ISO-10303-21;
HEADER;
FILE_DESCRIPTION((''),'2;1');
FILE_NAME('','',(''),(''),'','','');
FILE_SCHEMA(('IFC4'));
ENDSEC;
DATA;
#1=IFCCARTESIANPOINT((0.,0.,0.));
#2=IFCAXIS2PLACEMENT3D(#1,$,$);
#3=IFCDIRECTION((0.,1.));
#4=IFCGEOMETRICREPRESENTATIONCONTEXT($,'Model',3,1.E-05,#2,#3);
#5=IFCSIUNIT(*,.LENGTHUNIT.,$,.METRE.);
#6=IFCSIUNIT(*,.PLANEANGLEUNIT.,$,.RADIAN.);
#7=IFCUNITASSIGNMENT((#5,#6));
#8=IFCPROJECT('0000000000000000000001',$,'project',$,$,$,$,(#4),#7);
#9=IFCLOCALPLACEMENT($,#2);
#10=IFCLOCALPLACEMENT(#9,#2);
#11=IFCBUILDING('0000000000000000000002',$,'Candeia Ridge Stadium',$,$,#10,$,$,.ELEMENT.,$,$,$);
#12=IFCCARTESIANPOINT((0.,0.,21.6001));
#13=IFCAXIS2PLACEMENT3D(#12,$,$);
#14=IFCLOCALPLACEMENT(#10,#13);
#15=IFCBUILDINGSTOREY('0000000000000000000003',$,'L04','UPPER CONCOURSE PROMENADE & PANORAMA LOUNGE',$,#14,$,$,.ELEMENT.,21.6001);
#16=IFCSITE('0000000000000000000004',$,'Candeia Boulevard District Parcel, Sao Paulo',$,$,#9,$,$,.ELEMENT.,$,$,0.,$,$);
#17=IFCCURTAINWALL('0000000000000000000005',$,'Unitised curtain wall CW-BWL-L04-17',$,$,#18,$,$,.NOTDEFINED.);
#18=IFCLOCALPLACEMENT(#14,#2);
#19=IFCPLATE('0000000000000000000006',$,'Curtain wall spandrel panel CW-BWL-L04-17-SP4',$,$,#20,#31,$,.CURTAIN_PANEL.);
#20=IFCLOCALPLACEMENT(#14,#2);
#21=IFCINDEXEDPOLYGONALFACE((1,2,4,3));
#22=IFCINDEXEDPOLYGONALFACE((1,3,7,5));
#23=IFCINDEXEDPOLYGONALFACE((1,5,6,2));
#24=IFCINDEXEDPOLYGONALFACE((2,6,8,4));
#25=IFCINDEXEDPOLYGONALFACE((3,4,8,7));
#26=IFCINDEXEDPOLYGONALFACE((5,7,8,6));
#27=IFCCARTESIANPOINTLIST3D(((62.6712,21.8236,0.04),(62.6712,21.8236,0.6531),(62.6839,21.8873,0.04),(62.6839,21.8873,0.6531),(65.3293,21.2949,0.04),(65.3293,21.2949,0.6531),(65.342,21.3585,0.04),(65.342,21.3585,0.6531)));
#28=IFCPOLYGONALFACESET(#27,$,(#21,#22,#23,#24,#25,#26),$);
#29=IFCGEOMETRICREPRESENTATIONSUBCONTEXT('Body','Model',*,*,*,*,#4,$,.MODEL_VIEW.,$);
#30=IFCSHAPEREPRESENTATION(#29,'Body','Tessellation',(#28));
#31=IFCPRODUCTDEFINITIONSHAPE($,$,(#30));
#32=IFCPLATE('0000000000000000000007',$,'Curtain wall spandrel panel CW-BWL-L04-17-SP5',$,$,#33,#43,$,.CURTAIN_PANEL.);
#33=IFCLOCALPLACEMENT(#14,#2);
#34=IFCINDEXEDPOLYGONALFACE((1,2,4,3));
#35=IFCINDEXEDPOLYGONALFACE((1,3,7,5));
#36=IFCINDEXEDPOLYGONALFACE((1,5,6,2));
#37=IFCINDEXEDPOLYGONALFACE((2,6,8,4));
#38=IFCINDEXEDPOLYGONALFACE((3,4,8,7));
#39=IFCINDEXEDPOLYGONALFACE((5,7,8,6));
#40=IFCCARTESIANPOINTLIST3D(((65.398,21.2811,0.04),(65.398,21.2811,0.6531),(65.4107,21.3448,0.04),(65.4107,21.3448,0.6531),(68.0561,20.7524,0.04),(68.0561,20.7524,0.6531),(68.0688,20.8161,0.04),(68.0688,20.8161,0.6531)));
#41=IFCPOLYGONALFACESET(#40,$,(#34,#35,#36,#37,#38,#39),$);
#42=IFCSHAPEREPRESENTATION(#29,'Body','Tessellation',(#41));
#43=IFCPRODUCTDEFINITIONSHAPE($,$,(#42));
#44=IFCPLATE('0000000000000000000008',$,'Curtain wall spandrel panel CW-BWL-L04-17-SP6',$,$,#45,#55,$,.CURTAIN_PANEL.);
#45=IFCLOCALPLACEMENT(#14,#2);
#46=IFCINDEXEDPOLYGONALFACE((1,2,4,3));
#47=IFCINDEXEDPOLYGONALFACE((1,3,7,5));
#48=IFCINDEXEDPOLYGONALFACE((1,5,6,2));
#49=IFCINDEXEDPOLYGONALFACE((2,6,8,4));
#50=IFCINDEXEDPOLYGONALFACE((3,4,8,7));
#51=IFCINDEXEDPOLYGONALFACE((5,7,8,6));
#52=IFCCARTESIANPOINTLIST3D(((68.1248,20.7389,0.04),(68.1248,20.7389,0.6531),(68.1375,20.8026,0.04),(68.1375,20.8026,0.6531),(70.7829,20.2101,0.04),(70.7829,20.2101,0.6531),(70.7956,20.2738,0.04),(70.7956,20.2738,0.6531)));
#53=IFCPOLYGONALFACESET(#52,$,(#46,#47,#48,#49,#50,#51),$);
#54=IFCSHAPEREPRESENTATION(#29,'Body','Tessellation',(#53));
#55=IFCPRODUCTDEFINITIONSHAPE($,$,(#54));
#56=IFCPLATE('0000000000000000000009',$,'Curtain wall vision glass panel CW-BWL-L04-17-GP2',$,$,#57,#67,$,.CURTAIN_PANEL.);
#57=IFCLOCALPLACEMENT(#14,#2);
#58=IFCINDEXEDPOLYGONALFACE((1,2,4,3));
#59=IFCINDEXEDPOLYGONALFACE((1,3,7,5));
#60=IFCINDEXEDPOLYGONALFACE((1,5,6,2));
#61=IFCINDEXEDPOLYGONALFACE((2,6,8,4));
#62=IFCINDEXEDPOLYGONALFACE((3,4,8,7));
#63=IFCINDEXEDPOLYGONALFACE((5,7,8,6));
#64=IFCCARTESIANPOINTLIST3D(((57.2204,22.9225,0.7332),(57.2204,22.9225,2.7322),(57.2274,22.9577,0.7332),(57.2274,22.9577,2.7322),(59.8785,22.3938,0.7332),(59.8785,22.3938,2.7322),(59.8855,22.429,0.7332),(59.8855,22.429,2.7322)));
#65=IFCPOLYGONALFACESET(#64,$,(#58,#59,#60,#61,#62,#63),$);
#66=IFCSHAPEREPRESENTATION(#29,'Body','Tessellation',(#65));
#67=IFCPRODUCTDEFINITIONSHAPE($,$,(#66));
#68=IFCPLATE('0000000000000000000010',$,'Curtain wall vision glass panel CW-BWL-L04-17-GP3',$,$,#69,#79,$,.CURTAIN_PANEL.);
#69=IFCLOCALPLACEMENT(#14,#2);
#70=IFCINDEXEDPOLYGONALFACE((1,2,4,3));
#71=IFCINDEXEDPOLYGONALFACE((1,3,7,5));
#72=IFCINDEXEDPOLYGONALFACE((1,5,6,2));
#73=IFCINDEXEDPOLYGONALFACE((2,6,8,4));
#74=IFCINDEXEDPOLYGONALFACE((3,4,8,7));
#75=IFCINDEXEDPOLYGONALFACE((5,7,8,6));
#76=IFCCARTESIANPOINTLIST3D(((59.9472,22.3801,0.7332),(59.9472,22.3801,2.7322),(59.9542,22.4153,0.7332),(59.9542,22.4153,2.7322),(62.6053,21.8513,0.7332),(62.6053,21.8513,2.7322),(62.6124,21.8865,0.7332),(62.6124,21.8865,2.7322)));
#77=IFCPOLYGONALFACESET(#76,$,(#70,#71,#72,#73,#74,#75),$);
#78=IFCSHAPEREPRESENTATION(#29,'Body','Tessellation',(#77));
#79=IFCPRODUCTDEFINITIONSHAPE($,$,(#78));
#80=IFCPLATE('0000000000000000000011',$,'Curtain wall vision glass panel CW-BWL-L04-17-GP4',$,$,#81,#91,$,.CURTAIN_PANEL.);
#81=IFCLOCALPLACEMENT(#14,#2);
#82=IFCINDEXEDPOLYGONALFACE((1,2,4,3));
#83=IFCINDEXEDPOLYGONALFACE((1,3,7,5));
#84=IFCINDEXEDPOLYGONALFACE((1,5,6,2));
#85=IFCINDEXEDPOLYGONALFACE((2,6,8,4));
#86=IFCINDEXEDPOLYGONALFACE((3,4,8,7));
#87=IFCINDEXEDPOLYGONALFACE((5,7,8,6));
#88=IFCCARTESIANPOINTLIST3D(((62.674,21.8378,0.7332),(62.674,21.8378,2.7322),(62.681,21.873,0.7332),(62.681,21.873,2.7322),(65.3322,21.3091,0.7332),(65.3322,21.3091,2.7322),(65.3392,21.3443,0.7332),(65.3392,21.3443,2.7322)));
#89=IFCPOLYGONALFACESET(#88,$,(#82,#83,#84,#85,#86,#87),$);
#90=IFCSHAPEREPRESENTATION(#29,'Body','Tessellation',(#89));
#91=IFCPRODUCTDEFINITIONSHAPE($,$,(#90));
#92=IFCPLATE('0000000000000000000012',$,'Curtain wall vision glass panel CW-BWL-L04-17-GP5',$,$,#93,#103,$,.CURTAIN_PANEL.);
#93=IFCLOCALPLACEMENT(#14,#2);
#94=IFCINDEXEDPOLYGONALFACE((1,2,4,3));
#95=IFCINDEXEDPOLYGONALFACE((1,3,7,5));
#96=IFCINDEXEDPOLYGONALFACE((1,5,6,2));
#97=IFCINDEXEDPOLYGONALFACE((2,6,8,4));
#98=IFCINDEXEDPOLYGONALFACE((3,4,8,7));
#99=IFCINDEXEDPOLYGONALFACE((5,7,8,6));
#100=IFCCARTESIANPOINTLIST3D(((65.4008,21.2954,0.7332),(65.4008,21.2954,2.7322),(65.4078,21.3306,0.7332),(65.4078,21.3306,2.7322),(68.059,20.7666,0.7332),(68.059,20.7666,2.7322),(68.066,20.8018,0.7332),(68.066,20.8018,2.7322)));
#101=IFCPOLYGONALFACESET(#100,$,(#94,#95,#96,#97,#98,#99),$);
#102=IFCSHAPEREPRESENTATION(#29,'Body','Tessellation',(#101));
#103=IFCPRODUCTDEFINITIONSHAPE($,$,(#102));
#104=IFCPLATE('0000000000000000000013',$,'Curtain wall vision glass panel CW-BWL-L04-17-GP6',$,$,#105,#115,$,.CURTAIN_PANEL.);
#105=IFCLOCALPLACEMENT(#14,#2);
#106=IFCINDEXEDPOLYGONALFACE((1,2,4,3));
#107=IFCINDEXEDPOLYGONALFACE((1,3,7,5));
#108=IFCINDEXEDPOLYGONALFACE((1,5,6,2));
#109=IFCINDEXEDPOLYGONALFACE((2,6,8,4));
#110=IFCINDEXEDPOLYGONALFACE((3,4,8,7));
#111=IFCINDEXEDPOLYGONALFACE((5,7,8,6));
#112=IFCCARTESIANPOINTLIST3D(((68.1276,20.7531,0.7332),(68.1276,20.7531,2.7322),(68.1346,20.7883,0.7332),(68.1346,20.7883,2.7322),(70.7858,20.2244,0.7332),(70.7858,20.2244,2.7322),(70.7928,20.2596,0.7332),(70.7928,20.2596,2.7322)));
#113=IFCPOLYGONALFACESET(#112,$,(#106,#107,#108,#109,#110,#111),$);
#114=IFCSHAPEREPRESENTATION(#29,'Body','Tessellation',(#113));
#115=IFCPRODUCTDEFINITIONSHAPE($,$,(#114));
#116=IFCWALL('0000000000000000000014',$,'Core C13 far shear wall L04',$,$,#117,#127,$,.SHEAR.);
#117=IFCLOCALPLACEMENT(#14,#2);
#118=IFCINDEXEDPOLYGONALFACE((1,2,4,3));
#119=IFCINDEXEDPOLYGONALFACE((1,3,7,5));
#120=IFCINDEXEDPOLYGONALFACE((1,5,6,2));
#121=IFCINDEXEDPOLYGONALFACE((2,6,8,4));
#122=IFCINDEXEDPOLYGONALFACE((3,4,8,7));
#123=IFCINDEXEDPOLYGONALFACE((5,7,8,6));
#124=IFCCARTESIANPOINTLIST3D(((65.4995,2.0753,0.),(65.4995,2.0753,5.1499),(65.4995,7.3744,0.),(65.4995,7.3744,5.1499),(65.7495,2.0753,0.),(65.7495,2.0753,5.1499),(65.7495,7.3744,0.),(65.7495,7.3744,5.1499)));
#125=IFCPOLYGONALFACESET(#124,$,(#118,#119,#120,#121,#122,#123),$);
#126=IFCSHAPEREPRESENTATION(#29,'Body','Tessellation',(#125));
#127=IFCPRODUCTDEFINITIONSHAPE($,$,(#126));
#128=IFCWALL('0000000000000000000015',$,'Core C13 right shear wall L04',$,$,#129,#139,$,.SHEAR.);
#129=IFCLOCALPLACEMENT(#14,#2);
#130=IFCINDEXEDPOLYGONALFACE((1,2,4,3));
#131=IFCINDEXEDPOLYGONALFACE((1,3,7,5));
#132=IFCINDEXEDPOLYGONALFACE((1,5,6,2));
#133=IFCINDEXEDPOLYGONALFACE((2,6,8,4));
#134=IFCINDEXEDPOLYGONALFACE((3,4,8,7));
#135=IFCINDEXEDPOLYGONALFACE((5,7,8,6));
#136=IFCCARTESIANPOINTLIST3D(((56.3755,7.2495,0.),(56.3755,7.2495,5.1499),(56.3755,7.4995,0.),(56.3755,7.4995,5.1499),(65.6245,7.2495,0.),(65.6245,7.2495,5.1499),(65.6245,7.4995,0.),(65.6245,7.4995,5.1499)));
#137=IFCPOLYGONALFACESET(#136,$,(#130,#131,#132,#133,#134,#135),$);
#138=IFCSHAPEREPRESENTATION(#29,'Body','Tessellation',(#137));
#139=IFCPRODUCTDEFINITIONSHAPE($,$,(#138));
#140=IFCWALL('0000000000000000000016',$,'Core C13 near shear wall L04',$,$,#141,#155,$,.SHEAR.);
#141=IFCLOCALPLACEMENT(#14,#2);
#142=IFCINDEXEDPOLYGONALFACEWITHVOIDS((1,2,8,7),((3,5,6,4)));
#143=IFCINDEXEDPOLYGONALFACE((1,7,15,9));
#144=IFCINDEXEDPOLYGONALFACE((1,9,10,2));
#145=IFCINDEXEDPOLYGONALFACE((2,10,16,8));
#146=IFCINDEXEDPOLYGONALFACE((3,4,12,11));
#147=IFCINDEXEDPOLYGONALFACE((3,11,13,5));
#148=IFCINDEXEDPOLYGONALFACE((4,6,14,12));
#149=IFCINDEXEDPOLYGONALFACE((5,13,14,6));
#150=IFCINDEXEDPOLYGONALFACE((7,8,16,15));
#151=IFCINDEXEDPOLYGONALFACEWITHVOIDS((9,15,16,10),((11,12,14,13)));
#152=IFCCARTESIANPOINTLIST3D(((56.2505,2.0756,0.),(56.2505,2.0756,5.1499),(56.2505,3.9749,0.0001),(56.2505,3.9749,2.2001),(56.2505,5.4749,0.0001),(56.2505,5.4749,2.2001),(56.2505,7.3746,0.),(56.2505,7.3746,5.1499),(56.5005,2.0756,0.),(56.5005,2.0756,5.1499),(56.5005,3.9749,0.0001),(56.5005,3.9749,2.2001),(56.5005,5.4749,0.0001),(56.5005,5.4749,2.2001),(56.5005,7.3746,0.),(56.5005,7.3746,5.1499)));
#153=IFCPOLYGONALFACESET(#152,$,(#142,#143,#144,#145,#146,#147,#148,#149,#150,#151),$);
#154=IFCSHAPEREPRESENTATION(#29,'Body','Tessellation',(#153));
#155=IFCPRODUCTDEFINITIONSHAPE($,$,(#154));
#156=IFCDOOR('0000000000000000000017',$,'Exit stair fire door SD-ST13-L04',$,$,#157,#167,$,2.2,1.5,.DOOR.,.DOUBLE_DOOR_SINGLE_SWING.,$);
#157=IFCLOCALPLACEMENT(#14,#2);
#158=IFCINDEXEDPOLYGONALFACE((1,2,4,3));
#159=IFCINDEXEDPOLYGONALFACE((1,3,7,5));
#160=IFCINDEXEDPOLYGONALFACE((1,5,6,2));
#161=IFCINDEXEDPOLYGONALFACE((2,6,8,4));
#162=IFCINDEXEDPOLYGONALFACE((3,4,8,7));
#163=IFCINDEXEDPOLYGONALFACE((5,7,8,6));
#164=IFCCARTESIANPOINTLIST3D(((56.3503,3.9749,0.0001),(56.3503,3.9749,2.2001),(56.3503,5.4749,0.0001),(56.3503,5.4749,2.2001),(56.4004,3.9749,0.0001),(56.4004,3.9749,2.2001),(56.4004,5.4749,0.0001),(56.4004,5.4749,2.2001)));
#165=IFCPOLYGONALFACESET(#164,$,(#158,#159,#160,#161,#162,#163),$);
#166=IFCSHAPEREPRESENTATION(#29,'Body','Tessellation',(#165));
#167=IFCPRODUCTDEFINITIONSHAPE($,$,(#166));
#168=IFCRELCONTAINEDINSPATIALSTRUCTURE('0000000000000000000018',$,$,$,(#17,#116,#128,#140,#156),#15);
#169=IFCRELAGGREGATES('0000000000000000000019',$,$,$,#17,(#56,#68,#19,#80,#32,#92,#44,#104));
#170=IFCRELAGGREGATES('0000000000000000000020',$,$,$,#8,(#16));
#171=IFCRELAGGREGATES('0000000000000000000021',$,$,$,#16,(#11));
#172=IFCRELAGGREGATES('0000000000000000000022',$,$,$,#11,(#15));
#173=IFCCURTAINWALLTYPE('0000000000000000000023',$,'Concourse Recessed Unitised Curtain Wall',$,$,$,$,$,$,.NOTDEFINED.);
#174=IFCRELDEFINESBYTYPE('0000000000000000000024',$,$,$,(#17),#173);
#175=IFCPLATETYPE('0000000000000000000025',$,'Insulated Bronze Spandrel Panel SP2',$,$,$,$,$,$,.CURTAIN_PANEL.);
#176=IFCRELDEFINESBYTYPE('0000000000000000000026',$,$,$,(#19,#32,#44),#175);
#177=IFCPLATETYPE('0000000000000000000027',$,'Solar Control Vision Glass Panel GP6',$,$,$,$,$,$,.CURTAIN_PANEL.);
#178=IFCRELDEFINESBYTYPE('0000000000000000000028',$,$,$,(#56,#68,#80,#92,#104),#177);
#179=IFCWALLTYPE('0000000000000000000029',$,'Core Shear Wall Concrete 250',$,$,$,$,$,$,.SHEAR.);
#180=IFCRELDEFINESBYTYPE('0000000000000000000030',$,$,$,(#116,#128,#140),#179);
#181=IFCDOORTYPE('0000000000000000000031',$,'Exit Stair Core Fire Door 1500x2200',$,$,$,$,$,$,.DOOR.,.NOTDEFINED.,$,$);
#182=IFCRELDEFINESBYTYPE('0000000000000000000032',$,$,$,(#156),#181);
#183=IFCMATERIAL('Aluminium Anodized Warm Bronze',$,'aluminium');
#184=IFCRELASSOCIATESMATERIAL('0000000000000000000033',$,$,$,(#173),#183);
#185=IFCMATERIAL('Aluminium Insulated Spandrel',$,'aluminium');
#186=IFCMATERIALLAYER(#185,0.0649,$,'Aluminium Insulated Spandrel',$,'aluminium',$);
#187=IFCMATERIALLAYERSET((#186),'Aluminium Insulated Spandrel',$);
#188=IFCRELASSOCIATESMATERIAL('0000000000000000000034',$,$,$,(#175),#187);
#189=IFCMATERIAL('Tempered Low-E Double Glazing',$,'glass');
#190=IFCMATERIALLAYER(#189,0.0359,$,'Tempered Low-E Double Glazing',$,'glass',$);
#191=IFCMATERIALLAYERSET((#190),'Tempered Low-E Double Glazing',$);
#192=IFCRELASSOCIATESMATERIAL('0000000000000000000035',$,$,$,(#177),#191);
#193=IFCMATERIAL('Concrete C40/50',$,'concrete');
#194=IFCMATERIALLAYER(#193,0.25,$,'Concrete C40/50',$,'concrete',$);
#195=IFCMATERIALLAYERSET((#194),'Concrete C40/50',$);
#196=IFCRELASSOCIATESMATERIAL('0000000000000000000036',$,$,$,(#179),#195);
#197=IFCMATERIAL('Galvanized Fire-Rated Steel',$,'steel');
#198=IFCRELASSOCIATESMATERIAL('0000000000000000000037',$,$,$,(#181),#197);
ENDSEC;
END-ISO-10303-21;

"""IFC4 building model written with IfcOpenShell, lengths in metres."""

from ifc_helpers import new_model, si_unit, direction, frame, frame_2d, origin, origin_2d, place, context, subcontext, project, spatial, rectangle, extrude, material, layer, layer_set, type_object, element, fill, aggregate, save


model = new_model("IFC4")

# Units and contexts
model_context = context("Model", 3, precision=1e-05, world=origin(), true_north=direction((0.0, 1.0)))
body_context = subcontext(model_context, "Body", "Model", "MODEL_VIEW")
ifc_project = project(units=[si_unit("LENGTHUNIT", "METRE"), si_unit("PLANEANGLEUNIT", "RADIAN")], contexts=[model_context])

# Site, building, storey
site_placement = place(None, origin())
site = spatial("IfcSite", under=ifc_project, at=site_placement, Name="Candeia Boulevard District Parcel, Sao Paulo", CompositionType="ELEMENT", RefElevation=0.0)
building_placement = place(site_placement, origin())
building = spatial("IfcBuilding", under=site, at=building_placement, Name="Candeia Ridge Stadium", CompositionType="ELEMENT")
storey_placement = place(building_placement, frame((0.0, 0.0, 21.6001)))
storey = spatial("IfcBuildingStorey", under=building, at=storey_placement, Name="L04", Description="UPPER CONCOURSE PROMENADE & PANORAMA LOUNGE", CompositionType="ELEMENT", Elevation=21.6001)

# Curtain wall
ifc_material_1 = material(Name="Aluminium Anodized Warm Bronze", Category="aluminium")
curtain_wall_type = type_object("IfcCurtainWallType", Name="Concourse Recessed Unitised Curtain Wall", PredefinedType="NOTDEFINED", material=ifc_material_1)
curtain_wall_placement = place(storey_placement, origin())
curtain_wall = element("IfcCurtainWall", 1, at=curtain_wall_placement, inside=storey, type_object=curtain_wall_type, Name="Unitised curtain wall CW-BWL-L04-17", PredefinedType="NOTDEFINED")

# Shared definitions
ifc_material_2 = material(Name="Concrete C40/50", Category="concrete")

# Plates
ifc_material_3 = material(Name="Aluminium Insulated Spandrel", Category="aluminium")
ifc_layer_1 = layer(ifc_material_3, 0.0649, Name="Aluminium Insulated Spandrel", Category="aluminium")
ifc_layer_set_1 = layer_set([ifc_layer_1], Name="Aluminium Insulated Spandrel")
plate_type_1 = type_object("IfcPlateType", Name="Insulated Bronze Spandrel Panel SP2", PredefinedType="CURTAIN_PANEL", material=ifc_layer_set_1)
plate_1_placement = place(storey_placement, frame((64.0066, 21.5911, 0.04), z_axis=(0.0, 0.0, 1.0), x_axis=(0.980785, -0.19509, 0.0)))
plate_1 = element("IfcPlate", 2, at=plate_1_placement, type_object=plate_type_1, Name="Curtain wall spandrel panel CW-BWL-L04-17-SP4", PredefinedType="CURTAIN_PANEL", context=body_context, shape_type="SweptSolid", body=[
    extrude(rectangle(XDim=2.7102, YDim=0.0649, at=origin_2d()), origin(), (0.0, 0.0, 1.0), 0.613),
])
plate_2_placement = place(storey_placement, frame((66.7334, 21.0486, 0.04), z_axis=(0.0, 0.0, 1.0), x_axis=(0.980785, -0.19509, 0.0)))
plate_2 = element("IfcPlate", 3, at=plate_2_placement, type_object=plate_type_1, Name="Curtain wall spandrel panel CW-BWL-L04-17-SP5", PredefinedType="CURTAIN_PANEL", context=body_context, shape_type="SweptSolid", body=[
    extrude(rectangle(XDim=2.7102, YDim=0.0649, at=origin_2d()), origin(), (0.0, 0.0, 1.0), 0.613),
])
plate_3_placement = place(storey_placement, frame((69.4602, 20.5063, 0.04), z_axis=(0.0, 0.0, 1.0), x_axis=(0.980785, -0.19509, 0.0)))
plate_3 = element("IfcPlate", 4, at=plate_3_placement, type_object=plate_type_1, Name="Curtain wall spandrel panel CW-BWL-L04-17-SP6", PredefinedType="CURTAIN_PANEL", context=body_context, shape_type="SweptSolid", body=[
    extrude(rectangle(XDim=2.7102, YDim=0.0649, at=origin_2d()), origin(), (0.0, 0.0, 1.0), 0.613),
])
ifc_material_4 = material(Name="Tempered Low-E Double Glazing", Category="glass")
ifc_layer_2 = layer(ifc_material_4, 0.0359, Name="Tempered Low-E Double Glazing", Category="glass")
ifc_layer_set_2 = layer_set([ifc_layer_2], Name="Tempered Low-E Double Glazing")
plate_type_2 = type_object("IfcPlateType", Name="Solar Control Vision Glass Panel GP6", PredefinedType="CURTAIN_PANEL", material=ifc_layer_set_2)
plate_4_placement = place(storey_placement, frame((58.553, 22.6758, 0.7332), z_axis=(0.0, 0.0, 1.0), x_axis=(0.980785, -0.19509, 0.0)))
plate_4 = element("IfcPlate", 5, at=plate_4_placement, type_object=plate_type_2, Name="Curtain wall vision glass panel CW-BWL-L04-17-GP2", PredefinedType="CURTAIN_PANEL", context=body_context, shape_type="SweptSolid", body=[
    extrude(rectangle(XDim=2.7102, YDim=0.0359, at=origin_2d()), origin(), (0.0, 0.0, 1.0), 1.999),
])
plate_5_placement = place(storey_placement, frame((61.2798, 22.1333, 0.7332), z_axis=(0.0, 0.0, 1.0), x_axis=(0.980785, -0.19509, 0.0)))
plate_5 = element("IfcPlate", 6, at=plate_5_placement, type_object=plate_type_2, Name="Curtain wall vision glass panel CW-BWL-L04-17-GP3", PredefinedType="CURTAIN_PANEL", context=body_context, shape_type="SweptSolid", body=[
    extrude(rectangle(XDim=2.7102, YDim=0.0359, at=origin_2d()), origin(), (0.0, 0.0, 1.0), 1.999),
])
plate_6_placement = place(storey_placement, frame((64.0066, 21.5911, 0.7332), z_axis=(0.0, 0.0, 1.0), x_axis=(0.980785, -0.19509, 0.0)))
plate_6 = element("IfcPlate", 7, at=plate_6_placement, type_object=plate_type_2, Name="Curtain wall vision glass panel CW-BWL-L04-17-GP4", PredefinedType="CURTAIN_PANEL", context=body_context, shape_type="SweptSolid", body=[
    extrude(rectangle(XDim=2.7102, YDim=0.0359, at=origin_2d()), origin(), (0.0, 0.0, 1.0), 1.999),
])
plate_7_placement = place(storey_placement, frame((66.7334, 21.0486, 0.7332), z_axis=(0.0, 0.0, 1.0), x_axis=(0.980785, -0.19509, 0.0)))
plate_7 = element("IfcPlate", 8, at=plate_7_placement, type_object=plate_type_2, Name="Curtain wall vision glass panel CW-BWL-L04-17-GP5", PredefinedType="CURTAIN_PANEL", context=body_context, shape_type="SweptSolid", body=[
    extrude(rectangle(XDim=2.7102, YDim=0.0359, at=origin_2d()), origin(), (0.0, 0.0, 1.0), 1.999),
])
plate_8_placement = place(storey_placement, frame((69.4602, 20.5063, 0.7332), z_axis=(0.0, 0.0, 1.0), x_axis=(0.980785, -0.19509, 0.0)))
plate_8 = element("IfcPlate", 9, at=plate_8_placement, type_object=plate_type_2, Name="Curtain wall vision glass panel CW-BWL-L04-17-GP6", PredefinedType="CURTAIN_PANEL", context=body_context, shape_type="SweptSolid", body=[
    extrude(rectangle(XDim=2.7102, YDim=0.0359, at=origin_2d()), origin(), (0.0, 0.0, 1.0), 1.999),
])
aggregate(curtain_wall, [plate_4, plate_5, plate_1, plate_6, plate_2, plate_7, plate_3, plate_8])

# Walls
ifc_layer_3 = layer(ifc_material_2, 0.25, Name="Concrete C40/50", Category="concrete")
ifc_layer_set_3 = layer_set([ifc_layer_3], Name="Concrete C40/50")
wall_type = type_object("IfcWallType", Name="Core Shear Wall Concrete 250", PredefinedType="SHEAR", material=ifc_layer_set_3)
wall_1_placement = place(storey_placement, frame((65.6245, 2.0754, 0.0), z_axis=(0.0, 0.0, 1.0), x_axis=(0.0, 1.0, 0.0)))
element("IfcWall", 10, at=wall_1_placement, inside=storey, type_object=wall_type, Name="Core C13 far shear wall L04", PredefinedType="SHEAR", context=body_context, shape_type="SweptSolid", body=[
    extrude(rectangle(XDim=5.2991, YDim=0.25, at=frame_2d((2.6494, 0.0))), origin(), (0.0, 0.0, 1.0), 5.1499),
])
wall_2_placement = place(storey_placement, frame((65.6245, 7.3745, 0.0), z_axis=(0.0, 0.0, 1.0), x_axis=(-1.0, 0.0, 0.0)))
element("IfcWall", 11, at=wall_2_placement, inside=storey, type_object=wall_type, Name="Core C13 right shear wall L04", PredefinedType="SHEAR", context=body_context, shape_type="SweptSolid", body=[
    extrude(rectangle(XDim=9.249, YDim=0.25, at=frame_2d((4.6245, 0.0))), origin(), (0.0, 0.0, 1.0), 5.1499),
])

# Wall, opening, door
wall_3_placement = place(storey_placement, frame((56.3755, 7.3745, 0.0), z_axis=(0.0, 0.0, 1.0), x_axis=(0.0, -1.0, 0.0)))
wall_3 = element("IfcWall", 12, at=wall_3_placement, inside=storey, type_object=wall_type, Name="Core C13 near shear wall L04", PredefinedType="SHEAR", context=body_context, shape_type="SweptSolid", body=[
    extrude(rectangle(XDim=5.2991, YDim=0.25, at=frame_2d((2.6494, 0.0))), origin(), (0.0, 0.0, 1.0), 5.1499),
])
opening_placement = place(wall_3_placement, frame((1.8997, 0.0, 0.0)))
opening = element("IfcOpeningElement", 13, at=opening_placement, cuts=wall_3, PredefinedType="OPENING", context=body_context, shape_type="SweptSolid", body=[
    extrude(rectangle(XDim=1.5, YDim=2.2, at=frame_2d((0.75, 1.1001))), frame((0.0, 0.135, 0.0), z_axis=(0.0, -1.0, 0.0), x_axis=(1.0, 0.0, 0.0)), (0.0, 0.0, 1.0), 0.27),
])
ifc_material_5 = material(Name="Galvanized Fire-Rated Steel", Category="steel")
door_type = type_object("IfcDoorType", Name="Exit Stair Core Fire Door 1500x2200", OperationType="NOTDEFINED", PredefinedType="DOOR", material=ifc_material_5)
door_placement = place(opening_placement, origin())
door = element("IfcDoor", 14, at=door_placement, inside=storey, type_object=door_type, Name="Exit stair fire door SD-ST13-L04", OperationType="DOUBLE_DOOR_SINGLE_SWING", OverallHeight=2.2, OverallWidth=1.5, PredefinedType="DOOR", context=body_context, shape_type="SweptSolid", body=[
    extrude(rectangle(XDim=1.5, YDim=2.2, at=frame_2d((0.75, 1.1001))), frame((0.0, 0.0249, 0.0), z_axis=(0.0, -1.0, 0.0), x_axis=(1.0, 0.0, 0.0)), (0.0, 0.0, 1.0), 0.05),
])
fill(opening, door)

save(model, "model.ifc")
